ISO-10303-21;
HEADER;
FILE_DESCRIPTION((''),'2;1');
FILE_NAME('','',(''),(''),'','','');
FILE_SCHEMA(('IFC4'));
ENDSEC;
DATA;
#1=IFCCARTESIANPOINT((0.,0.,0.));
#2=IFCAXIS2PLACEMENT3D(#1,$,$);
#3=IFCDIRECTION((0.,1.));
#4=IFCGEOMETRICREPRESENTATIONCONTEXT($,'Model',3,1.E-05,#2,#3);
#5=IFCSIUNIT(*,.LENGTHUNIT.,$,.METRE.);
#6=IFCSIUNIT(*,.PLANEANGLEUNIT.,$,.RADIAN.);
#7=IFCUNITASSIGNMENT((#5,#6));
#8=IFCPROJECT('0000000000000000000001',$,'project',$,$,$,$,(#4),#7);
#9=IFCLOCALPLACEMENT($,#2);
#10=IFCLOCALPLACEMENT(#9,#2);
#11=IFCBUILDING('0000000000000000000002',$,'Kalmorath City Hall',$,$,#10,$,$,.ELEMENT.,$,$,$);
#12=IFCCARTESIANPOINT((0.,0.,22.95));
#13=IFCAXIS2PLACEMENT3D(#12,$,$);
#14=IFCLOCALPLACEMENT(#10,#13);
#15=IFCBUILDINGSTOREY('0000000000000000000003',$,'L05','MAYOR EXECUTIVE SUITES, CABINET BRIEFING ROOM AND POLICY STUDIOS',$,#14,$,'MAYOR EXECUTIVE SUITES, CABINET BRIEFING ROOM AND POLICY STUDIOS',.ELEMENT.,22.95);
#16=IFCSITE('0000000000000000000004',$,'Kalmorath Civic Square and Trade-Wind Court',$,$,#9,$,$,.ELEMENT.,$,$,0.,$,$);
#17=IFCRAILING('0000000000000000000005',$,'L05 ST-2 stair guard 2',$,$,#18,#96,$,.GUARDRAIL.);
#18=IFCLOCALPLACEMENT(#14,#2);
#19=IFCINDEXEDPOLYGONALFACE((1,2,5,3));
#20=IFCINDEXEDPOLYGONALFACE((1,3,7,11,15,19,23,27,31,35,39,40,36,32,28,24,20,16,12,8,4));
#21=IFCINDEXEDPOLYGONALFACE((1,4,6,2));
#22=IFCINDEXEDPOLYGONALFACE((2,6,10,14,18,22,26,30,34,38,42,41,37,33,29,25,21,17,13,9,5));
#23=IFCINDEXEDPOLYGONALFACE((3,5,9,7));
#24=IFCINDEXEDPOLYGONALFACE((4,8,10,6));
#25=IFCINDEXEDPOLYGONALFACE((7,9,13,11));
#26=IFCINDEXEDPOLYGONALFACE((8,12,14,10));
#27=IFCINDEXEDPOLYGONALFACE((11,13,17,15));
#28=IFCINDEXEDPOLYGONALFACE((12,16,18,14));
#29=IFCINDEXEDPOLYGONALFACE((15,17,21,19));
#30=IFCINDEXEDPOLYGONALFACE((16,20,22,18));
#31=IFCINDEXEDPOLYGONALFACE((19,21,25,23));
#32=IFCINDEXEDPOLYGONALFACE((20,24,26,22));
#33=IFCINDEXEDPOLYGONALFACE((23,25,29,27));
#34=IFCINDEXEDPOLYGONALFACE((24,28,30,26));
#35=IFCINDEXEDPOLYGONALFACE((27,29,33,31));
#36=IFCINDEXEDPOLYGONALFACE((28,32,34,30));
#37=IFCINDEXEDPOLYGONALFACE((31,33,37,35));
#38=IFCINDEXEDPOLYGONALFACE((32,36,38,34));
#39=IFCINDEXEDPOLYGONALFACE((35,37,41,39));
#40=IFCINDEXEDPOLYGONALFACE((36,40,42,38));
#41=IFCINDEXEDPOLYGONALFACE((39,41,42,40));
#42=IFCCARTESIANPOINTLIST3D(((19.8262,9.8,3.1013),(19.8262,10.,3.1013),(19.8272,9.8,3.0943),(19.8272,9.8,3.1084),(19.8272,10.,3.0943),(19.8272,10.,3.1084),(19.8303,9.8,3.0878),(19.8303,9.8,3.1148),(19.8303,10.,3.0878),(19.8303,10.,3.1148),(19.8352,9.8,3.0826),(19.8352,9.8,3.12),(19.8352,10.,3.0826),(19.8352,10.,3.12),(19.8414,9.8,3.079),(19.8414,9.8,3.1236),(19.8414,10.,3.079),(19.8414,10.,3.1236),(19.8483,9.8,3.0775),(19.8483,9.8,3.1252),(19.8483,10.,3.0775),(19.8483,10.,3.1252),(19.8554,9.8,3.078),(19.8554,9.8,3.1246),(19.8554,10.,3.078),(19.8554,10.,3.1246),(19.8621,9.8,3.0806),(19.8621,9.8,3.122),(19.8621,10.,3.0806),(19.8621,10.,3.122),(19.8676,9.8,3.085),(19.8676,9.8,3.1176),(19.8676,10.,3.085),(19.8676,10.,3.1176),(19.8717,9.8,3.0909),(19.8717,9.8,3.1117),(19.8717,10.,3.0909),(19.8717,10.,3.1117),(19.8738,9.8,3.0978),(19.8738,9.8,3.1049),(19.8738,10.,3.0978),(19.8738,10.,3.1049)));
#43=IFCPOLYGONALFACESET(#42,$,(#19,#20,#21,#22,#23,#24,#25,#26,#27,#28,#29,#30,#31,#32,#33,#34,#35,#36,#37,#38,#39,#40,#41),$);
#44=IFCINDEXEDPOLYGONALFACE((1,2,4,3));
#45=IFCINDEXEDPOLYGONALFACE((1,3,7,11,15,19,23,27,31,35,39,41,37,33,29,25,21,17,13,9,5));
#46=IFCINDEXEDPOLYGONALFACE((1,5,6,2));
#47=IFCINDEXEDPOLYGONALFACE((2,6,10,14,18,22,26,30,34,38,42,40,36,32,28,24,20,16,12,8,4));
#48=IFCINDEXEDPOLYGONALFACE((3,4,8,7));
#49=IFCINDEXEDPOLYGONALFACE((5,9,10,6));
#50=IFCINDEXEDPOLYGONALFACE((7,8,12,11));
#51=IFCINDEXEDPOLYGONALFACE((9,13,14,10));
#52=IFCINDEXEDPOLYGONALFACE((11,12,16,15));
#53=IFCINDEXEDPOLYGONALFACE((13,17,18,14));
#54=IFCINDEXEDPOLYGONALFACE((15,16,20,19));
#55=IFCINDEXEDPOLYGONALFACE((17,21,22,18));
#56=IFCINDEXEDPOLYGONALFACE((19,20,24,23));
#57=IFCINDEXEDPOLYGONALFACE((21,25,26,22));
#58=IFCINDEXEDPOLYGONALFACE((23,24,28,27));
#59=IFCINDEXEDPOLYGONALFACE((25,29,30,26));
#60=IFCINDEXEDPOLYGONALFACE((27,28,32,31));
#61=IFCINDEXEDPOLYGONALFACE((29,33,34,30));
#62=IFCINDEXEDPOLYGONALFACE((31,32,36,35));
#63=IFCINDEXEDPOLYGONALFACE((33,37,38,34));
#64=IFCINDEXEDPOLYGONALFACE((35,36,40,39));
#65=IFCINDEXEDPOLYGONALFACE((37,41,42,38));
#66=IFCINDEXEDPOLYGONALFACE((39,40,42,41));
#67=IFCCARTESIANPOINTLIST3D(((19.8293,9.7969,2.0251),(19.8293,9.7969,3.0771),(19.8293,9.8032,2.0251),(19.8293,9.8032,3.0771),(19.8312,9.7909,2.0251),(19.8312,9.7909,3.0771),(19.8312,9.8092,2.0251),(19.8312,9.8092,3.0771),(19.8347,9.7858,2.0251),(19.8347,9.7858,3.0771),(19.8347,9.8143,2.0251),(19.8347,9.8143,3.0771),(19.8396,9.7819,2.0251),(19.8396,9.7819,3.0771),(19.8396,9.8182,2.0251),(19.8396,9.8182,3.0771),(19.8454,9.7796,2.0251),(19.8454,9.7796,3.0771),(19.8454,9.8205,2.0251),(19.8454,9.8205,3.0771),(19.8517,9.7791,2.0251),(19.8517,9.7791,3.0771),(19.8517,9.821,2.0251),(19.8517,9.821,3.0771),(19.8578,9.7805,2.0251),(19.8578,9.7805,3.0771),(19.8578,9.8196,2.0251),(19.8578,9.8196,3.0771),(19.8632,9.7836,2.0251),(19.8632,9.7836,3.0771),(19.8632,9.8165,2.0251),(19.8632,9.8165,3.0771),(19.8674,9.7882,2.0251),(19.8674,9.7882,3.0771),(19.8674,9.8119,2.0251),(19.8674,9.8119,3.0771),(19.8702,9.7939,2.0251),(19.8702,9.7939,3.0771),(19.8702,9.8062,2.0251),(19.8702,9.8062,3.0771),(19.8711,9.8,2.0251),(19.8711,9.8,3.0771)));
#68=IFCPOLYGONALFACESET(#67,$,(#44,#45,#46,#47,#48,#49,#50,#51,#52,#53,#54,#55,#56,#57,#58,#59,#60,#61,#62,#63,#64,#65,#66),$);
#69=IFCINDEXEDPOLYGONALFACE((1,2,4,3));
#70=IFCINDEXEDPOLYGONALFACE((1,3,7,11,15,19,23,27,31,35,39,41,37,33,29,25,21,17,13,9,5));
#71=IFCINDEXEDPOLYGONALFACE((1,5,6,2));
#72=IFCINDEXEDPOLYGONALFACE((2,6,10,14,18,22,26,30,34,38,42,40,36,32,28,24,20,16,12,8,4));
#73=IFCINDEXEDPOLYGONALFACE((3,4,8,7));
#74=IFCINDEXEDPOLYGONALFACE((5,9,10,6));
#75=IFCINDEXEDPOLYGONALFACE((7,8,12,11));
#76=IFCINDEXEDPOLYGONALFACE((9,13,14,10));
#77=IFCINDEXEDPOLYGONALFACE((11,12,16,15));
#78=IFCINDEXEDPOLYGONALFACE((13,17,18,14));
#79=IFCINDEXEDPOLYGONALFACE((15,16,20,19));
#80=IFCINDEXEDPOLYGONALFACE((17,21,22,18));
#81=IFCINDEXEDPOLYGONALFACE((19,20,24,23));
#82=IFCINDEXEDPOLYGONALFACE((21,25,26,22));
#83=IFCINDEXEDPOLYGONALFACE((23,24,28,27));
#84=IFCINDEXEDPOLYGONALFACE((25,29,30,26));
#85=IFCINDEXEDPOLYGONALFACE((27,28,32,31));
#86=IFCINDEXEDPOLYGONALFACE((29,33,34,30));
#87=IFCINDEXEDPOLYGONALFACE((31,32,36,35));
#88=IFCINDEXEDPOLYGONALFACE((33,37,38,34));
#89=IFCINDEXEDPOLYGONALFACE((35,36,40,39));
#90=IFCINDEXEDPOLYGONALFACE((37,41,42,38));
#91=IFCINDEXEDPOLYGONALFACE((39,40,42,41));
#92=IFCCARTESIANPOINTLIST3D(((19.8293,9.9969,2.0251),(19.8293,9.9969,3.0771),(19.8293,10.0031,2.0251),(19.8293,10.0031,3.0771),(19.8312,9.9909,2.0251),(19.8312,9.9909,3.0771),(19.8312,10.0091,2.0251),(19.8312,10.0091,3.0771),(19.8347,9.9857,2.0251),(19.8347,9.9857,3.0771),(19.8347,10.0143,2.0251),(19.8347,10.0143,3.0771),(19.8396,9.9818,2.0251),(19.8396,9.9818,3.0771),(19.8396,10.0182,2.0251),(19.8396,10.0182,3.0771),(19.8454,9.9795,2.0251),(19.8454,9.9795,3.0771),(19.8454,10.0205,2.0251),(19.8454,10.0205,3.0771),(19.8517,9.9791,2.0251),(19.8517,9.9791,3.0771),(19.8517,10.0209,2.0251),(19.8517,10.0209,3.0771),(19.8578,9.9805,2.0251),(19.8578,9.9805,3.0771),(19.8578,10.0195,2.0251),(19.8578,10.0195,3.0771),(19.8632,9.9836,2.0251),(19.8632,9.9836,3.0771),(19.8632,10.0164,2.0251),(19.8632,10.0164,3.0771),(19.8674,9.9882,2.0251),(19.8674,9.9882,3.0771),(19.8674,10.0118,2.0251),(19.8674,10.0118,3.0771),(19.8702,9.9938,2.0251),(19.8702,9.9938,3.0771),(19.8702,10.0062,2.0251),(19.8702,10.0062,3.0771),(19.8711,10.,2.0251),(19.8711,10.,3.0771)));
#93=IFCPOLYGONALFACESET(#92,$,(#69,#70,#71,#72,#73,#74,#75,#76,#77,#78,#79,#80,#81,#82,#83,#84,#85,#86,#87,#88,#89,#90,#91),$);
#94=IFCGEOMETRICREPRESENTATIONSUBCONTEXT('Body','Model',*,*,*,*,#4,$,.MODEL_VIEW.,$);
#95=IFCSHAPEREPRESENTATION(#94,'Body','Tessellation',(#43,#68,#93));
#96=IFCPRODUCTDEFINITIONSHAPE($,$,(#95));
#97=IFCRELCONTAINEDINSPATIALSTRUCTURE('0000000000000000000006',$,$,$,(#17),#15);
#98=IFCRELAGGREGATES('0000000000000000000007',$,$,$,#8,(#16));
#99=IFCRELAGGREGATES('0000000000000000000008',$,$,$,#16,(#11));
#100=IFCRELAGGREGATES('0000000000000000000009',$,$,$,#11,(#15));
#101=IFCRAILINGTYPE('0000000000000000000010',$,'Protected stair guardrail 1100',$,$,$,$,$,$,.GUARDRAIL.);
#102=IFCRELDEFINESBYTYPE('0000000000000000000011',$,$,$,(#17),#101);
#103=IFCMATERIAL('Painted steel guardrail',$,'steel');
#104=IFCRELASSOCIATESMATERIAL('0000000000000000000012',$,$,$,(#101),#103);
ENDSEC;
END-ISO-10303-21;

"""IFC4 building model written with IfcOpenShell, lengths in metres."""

from ifc_helpers import new_model, si_unit, direction, frame, origin, origin_2d, place, context, subcontext, project, spatial, circle, extrude, material, type_object, element, save


model = new_model("IFC4")

# Units and contexts
model_context = context("Model", 3, precision=1e-05, world=origin(), true_north=direction((0.0, 1.0)))
body_context = subcontext(model_context, "Body", "Model", "MODEL_VIEW")
ifc_project = project(units=[si_unit("LENGTHUNIT", "METRE"), si_unit("PLANEANGLEUNIT", "RADIAN")], contexts=[model_context])

# Site, building, storey
site_placement = place(None, origin())
site = spatial("IfcSite", under=ifc_project, at=site_placement, Name="Kalmorath Civic Square and Trade-Wind Court", CompositionType="ELEMENT", RefElevation=0.0)
building_placement = place(site_placement, origin())
building = spatial("IfcBuilding", under=site, at=building_placement, Name="Kalmorath City Hall", CompositionType="ELEMENT")
storey_placement = place(building_placement, frame((0.0, 0.0, 22.95)))
storey = spatial("IfcBuildingStorey", under=building, at=storey_placement, Name="L05", Description="MAYOR EXECUTIVE SUITES, CABINET BRIEFING ROOM AND POLICY STUDIOS", LongName="MAYOR EXECUTIVE SUITES, CABINET BRIEFING ROOM AND POLICY STUDIOS", CompositionType="ELEMENT", Elevation=22.95)

# Railing
ifc_material_1 = material(Name="Painted steel guardrail", Category="steel")
railing_type_1 = type_object("IfcRailingType", Name="Protected stair guardrail 1100", PredefinedType="GUARDRAIL", material=ifc_material_1)
railing_1_placement = place(storey_placement, frame((19.8501, 9.8, 2.0251)))
element("IfcRailing", 1, at=railing_1_placement, inside=storey, type_object=railing_type_1, Name="L05 ST-2 stair guard 2", PredefinedType="GUARDRAIL", context=body_context, shape_type="SweptSolid", body=[
    extrude(circle(Radius=0.0239, at=origin_2d()), frame((0.0, 0.0, 1.0762), z_axis=(0.0, 1.0, 0.0), x_axis=(-1.0, 0.0, 0.0)), (0.0, 0.0, 1.0), 0.2),
    extrude(circle(Radius=0.021, at=origin_2d()), origin(), (0.0, 0.0, 1.0), 1.052),
    extrude(circle(Radius=0.021, at=origin_2d()), frame((0.0, 0.2, 0.0)), (0.0, 0.0, 1.0), 1.052),
])

save(model, "model.ifc")
